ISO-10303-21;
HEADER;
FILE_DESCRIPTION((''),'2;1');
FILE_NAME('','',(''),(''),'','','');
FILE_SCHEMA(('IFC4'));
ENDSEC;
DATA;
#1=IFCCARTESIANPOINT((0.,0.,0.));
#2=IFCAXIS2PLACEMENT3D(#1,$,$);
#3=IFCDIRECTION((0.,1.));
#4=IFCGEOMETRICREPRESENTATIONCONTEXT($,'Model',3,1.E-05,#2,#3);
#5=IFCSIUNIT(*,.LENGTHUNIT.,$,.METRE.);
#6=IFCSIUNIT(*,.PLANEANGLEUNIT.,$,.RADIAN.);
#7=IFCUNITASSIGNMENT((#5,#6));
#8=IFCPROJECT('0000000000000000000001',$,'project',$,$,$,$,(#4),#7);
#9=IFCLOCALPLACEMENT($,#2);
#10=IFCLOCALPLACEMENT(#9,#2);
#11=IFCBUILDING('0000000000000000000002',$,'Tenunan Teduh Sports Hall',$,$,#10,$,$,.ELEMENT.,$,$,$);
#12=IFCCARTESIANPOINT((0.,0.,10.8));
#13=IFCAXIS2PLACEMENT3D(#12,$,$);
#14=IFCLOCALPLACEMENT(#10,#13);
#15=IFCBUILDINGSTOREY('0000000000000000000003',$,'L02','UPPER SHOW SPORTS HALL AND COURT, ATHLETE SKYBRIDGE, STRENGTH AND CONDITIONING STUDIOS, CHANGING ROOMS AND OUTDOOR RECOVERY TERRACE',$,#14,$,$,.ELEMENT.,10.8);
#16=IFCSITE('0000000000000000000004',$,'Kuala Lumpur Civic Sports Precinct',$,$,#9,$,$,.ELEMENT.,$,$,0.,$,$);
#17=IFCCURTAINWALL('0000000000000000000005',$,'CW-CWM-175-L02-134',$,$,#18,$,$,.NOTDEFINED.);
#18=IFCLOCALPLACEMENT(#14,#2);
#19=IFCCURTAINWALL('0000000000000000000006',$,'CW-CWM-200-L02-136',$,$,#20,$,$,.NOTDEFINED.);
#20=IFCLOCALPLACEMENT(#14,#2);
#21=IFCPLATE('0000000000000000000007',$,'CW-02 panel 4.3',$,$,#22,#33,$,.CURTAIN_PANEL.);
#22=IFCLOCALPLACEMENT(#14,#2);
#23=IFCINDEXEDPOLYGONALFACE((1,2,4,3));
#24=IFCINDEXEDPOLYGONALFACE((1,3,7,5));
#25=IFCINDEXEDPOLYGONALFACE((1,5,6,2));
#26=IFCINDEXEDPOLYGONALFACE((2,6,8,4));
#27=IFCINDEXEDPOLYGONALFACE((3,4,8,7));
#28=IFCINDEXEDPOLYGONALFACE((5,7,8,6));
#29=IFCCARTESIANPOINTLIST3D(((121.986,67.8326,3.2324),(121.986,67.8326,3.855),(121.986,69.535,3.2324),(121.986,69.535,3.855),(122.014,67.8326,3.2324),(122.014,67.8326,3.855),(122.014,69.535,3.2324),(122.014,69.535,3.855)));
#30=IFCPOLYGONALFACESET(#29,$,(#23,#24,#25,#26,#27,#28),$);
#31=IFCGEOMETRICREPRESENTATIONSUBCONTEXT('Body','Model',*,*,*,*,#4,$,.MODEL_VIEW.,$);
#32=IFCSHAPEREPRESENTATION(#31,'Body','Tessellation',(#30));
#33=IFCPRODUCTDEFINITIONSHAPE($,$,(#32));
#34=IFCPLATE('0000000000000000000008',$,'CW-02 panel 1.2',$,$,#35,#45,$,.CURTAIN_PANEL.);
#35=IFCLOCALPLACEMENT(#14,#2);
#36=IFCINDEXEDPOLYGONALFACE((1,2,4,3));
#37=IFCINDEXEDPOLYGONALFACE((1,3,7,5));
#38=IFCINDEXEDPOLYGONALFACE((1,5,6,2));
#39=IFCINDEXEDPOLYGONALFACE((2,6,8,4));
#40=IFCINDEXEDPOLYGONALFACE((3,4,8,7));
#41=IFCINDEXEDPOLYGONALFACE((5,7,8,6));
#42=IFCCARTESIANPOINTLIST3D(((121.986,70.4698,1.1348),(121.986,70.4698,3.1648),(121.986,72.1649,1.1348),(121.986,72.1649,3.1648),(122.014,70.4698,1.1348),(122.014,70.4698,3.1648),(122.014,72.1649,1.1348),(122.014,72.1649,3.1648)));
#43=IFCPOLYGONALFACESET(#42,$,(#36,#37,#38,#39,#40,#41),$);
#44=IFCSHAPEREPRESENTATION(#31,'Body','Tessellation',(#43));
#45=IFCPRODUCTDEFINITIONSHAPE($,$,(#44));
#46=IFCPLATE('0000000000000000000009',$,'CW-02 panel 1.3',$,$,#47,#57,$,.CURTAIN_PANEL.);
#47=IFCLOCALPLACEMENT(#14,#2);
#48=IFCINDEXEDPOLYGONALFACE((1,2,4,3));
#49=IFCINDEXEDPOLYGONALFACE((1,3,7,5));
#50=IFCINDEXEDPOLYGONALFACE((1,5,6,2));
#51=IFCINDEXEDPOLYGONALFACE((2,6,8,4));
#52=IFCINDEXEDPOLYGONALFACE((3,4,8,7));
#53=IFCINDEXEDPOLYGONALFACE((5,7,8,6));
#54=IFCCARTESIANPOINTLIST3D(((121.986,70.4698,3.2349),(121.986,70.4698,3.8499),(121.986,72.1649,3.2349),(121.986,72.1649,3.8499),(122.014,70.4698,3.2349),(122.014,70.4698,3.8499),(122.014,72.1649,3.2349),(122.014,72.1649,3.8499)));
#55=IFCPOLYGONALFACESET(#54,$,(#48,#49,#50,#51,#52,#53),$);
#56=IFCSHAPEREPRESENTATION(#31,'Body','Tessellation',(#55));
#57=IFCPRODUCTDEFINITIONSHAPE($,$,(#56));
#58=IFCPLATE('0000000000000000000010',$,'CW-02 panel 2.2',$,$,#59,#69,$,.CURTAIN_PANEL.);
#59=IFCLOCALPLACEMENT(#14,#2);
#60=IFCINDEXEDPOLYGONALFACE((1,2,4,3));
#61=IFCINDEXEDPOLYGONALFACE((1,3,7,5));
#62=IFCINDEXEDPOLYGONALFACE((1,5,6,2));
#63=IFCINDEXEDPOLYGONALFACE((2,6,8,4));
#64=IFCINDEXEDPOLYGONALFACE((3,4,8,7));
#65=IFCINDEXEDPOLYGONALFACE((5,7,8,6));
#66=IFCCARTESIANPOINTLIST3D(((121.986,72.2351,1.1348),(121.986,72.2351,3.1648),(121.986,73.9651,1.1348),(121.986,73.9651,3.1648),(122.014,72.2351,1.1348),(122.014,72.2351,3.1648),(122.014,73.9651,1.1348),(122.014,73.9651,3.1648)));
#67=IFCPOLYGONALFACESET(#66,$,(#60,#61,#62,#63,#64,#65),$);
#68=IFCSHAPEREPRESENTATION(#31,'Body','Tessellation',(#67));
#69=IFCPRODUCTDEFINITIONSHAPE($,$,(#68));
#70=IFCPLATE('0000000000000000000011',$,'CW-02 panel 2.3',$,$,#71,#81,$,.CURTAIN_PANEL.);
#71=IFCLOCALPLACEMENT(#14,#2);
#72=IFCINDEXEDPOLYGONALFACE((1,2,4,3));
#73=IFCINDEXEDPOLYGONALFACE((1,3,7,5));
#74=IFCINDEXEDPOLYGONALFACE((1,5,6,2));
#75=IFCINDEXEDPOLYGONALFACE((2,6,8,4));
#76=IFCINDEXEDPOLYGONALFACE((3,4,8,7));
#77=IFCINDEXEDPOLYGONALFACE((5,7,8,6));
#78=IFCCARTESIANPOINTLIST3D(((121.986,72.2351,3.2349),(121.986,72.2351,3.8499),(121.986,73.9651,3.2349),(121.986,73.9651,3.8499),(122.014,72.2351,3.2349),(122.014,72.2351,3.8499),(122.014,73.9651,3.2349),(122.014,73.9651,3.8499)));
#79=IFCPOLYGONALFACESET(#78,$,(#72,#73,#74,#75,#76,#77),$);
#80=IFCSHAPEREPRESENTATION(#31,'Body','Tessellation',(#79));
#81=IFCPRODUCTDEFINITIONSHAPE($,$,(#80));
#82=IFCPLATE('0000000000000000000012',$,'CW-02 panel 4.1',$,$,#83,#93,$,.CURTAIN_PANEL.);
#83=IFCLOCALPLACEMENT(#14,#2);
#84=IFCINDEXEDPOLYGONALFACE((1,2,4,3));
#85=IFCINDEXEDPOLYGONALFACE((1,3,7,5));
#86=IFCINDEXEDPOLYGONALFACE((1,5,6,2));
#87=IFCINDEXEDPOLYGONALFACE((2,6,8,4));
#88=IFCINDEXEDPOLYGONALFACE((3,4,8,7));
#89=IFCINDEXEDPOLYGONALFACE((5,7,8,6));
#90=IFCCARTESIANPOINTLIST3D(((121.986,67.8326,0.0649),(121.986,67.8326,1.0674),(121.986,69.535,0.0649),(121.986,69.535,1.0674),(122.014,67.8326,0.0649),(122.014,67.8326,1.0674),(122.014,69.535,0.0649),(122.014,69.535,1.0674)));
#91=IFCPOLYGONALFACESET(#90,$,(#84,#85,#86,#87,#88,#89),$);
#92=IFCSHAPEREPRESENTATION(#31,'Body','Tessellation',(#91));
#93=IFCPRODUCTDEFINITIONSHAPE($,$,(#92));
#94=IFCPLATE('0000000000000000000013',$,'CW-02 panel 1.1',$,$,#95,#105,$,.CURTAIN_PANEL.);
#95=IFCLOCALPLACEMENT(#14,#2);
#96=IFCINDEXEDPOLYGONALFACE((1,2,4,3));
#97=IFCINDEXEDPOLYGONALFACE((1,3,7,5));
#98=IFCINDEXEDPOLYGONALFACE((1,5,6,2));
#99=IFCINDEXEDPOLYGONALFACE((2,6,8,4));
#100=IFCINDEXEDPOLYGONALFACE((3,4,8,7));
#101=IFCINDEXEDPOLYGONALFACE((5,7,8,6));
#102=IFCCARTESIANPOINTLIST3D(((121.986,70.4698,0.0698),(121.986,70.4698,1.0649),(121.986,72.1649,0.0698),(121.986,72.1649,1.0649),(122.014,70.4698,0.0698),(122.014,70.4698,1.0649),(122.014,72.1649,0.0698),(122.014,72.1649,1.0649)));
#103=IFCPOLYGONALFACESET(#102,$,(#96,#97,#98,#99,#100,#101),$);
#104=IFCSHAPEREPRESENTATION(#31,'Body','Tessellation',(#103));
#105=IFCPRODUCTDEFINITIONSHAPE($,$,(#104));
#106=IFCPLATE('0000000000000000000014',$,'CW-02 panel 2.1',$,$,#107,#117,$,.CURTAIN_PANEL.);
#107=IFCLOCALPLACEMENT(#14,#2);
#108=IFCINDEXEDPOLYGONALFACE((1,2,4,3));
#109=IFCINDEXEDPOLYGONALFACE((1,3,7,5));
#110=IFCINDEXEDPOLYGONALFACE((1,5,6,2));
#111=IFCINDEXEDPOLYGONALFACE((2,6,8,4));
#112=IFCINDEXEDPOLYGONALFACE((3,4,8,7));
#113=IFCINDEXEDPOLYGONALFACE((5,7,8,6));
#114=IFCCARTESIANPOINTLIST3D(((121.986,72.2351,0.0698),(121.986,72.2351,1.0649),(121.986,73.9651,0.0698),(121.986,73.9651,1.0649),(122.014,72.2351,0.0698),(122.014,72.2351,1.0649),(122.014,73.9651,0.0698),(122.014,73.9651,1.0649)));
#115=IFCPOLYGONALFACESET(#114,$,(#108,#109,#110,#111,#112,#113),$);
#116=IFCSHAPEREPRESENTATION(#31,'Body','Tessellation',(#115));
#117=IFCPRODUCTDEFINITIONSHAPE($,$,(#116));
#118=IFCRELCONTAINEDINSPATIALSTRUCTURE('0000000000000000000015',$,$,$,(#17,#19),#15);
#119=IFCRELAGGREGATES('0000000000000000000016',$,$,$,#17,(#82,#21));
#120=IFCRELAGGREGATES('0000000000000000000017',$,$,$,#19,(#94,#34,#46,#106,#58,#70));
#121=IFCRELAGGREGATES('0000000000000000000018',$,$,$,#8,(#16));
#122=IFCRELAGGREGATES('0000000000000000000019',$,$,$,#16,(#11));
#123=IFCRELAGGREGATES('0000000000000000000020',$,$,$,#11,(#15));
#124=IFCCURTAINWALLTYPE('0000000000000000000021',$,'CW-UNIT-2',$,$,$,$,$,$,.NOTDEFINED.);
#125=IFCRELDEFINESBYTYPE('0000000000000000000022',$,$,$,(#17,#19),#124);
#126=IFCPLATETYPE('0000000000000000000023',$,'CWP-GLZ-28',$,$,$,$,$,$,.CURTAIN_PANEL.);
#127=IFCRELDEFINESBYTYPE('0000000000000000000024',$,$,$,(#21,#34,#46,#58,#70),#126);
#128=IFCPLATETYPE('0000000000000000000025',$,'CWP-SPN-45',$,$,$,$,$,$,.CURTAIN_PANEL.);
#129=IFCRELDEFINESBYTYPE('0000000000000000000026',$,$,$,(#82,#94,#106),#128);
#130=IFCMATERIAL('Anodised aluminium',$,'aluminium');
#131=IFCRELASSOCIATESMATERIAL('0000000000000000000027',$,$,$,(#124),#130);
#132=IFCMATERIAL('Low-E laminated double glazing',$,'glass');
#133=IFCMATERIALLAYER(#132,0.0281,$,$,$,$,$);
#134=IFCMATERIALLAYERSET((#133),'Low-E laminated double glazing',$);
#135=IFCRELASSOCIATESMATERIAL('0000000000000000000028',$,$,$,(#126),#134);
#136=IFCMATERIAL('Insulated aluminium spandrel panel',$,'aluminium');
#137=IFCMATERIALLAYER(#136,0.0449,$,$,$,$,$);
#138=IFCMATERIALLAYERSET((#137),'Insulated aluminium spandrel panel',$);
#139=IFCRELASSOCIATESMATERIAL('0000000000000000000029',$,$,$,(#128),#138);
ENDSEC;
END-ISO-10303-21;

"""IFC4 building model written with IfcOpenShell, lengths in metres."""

from ifc_helpers import new_model, si_unit, direction, frame, origin, origin_2d, place, context, subcontext, project, spatial, rectangle, extrude, material, layer, layer_set, type_object, element, aggregate, save


model = new_model("IFC4")

# Units and contexts
model_context = context("Model", 3, precision=1e-05, world=origin(), true_north=direction((0.0, 1.0)))
body_context = subcontext(model_context, "Body", "Model", "MODEL_VIEW")
ifc_project = project(units=[si_unit("LENGTHUNIT", "METRE"), si_unit("PLANEANGLEUNIT", "RADIAN")], contexts=[model_context])

# Site, building, storey
site_placement = place(None, origin())
site = spatial("IfcSite", under=ifc_project, at=site_placement, Name="Kuala Lumpur Civic Sports Precinct", CompositionType="ELEMENT", RefElevation=0.0)
building_placement = place(site_placement, origin())
building = spatial("IfcBuilding", under=site, at=building_placement, Name="Tenunan Teduh Sports Hall", CompositionType="ELEMENT")
storey_placement = place(building_placement, frame((0.0, 0.0, 10.8)))
storey = spatial("IfcBuildingStorey", under=building, at=storey_placement, Name="L02", Description="UPPER SHOW SPORTS HALL AND COURT, ATHLETE SKYBRIDGE, STRENGTH AND CONDITIONING STUDIOS, CHANGING ROOMS AND OUTDOOR RECOVERY TERRACE", CompositionType="ELEMENT", Elevation=10.8)

# Curtain wall
ifc_material_1 = material(Name="Anodised aluminium", Category="aluminium")
curtain_wall_type = type_object("IfcCurtainWallType", Name="CW-UNIT-2", PredefinedType="NOTDEFINED", material=ifc_material_1)
curtain_wall_1_placement = place(storey_placement, origin())
curtain_wall_1 = element("IfcCurtainWall", 1, at=curtain_wall_1_placement, inside=storey, type_object=curtain_wall_type, Name="CW-CWM-175-L02-134", PredefinedType="NOTDEFINED")

# Curtain wall
curtain_wall_2_placement = place(storey_placement, origin())
curtain_wall_2 = element("IfcCurtainWall", 2, at=curtain_wall_2_placement, inside=storey, type_object=curtain_wall_type, Name="CW-CWM-200-L02-136", PredefinedType="NOTDEFINED")

# Plates
ifc_material_2 = material(Name="Low-E laminated double glazing", Category="glass")
ifc_layer_1 = layer(ifc_material_2, 0.0281)
ifc_layer_set_1 = layer_set([ifc_layer_1], Name="Low-E laminated double glazing")
plate_type_1 = type_object("IfcPlateType", Name="CWP-GLZ-28", PredefinedType="CURTAIN_PANEL", material=ifc_layer_set_1)
plate_1_placement = place(storey_placement, frame((122.0, 68.6838, 3.2324), z_axis=(0.0, 0.0, 1.0), x_axis=(0.0, 1.0, 0.0)))
plate_1 = element("IfcPlate", 3, at=plate_1_placement, type_object=plate_type_1, Name="CW-02 panel 4.3", PredefinedType="CURTAIN_PANEL", context=body_context, shape_type="SweptSolid", body=[
    extrude(rectangle(XDim=1.7024, YDim=0.0281, at=origin_2d()), origin(), (0.0, 0.0, 1.0), 0.6226),
])
plate_2_placement = place(storey_placement, frame((122.0, 71.3174, 1.1348), z_axis=(0.0, 0.0, 1.0), x_axis=(0.0, 1.0, 0.0)))
plate_2 = element("IfcPlate", 4, at=plate_2_placement, type_object=plate_type_1, Name="CW-02 panel 1.2", PredefinedType="CURTAIN_PANEL", context=body_context, shape_type="SweptSolid", body=[
    extrude(rectangle(XDim=1.6951, YDim=0.0281, at=origin_2d()), origin(), (0.0, 0.0, 1.0), 2.03),
])
plate_3_placement = place(storey_placement, frame((122.0, 71.3174, 3.2349), z_axis=(0.0, 0.0, 1.0), x_axis=(0.0, 1.0, 0.0)))
plate_3 = element("IfcPlate", 5, at=plate_3_placement, type_object=plate_type_1, Name="CW-02 panel 1.3", PredefinedType="CURTAIN_PANEL", context=body_context, shape_type="SweptSolid", body=[
    extrude(rectangle(XDim=1.6951, YDim=0.0281, at=origin_2d()), origin(), (0.0, 0.0, 1.0), 0.615),
])
plate_4_placement = place(storey_placement, frame((122.0, 73.1001, 1.1348), z_axis=(0.0, 0.0, 1.0), x_axis=(0.0, 1.0, 0.0)))
plate_4 = element("IfcPlate", 6, at=plate_4_placement, type_object=plate_type_1, Name="CW-02 panel 2.2", PredefinedType="CURTAIN_PANEL", context=body_context, shape_type="SweptSolid", body=[
    extrude(rectangle(XDim=1.73, YDim=0.0281, at=origin_2d()), origin(), (0.0, 0.0, 1.0), 2.03),
])
plate_5_placement = place(storey_placement, frame((122.0, 73.1001, 3.2349), z_axis=(0.0, 0.0, 1.0), x_axis=(0.0, 1.0, 0.0)))
plate_5 = element("IfcPlate", 7, at=plate_5_placement, type_object=plate_type_1, Name="CW-02 panel 2.3", PredefinedType="CURTAIN_PANEL", context=body_context, shape_type="SweptSolid", body=[
    extrude(rectangle(XDim=1.73, YDim=0.0281, at=origin_2d()), origin(), (0.0, 0.0, 1.0), 0.615),
])
ifc_material_3 = material(Name="Insulated aluminium spandrel panel", Category="aluminium")
ifc_layer_2 = layer(ifc_material_3, 0.0449)
ifc_layer_set_2 = layer_set([ifc_layer_2], Name="Insulated aluminium spandrel panel")
plate_type_2 = type_object("IfcPlateType", Name="CWP-SPN-45", PredefinedType="CURTAIN_PANEL", material=ifc_layer_set_2)
plate_6_placement = place(storey_placement, frame((122.0, 68.6838, 0.0649), z_axis=(0.0, 0.0, 1.0), x_axis=(0.0, 1.0, 0.0)))
plate_6 = element("IfcPlate", 8, at=plate_6_placement, type_object=plate_type_2, Name="CW-02 panel 4.1", PredefinedType="CURTAIN_PANEL", context=body_context, shape_type="SweptSolid", body=[
    extrude(rectangle(XDim=1.7024, YDim=0.0281, at=origin_2d()), origin(), (0.0, 0.0, 1.0), 1.0024),
])
aggregate(curtain_wall_1, [plate_6, plate_1])
plate_7_placement = place(storey_placement, frame((122.0, 71.3174, 0.0698), z_axis=(0.0, 0.0, 1.0), x_axis=(0.0, 1.0, 0.0)))
plate_7 = element("IfcPlate", 9, at=plate_7_placement, type_object=plate_type_2, Name="CW-02 panel 1.1", PredefinedType="CURTAIN_PANEL", context=body_context, shape_type="SweptSolid", body=[
    extrude(rectangle(XDim=1.6951, YDim=0.0281, at=origin_2d()), origin(), (0.0, 0.0, 1.0), 0.9951),
])
plate_8_placement = place(storey_placement, frame((122.0, 73.1001, 0.0698), z_axis=(0.0, 0.0, 1.0), x_axis=(0.0, 1.0, 0.0)))
plate_8 = element("IfcPlate", 10, at=plate_8_placement, type_object=plate_type_2, Name="CW-02 panel 2.1", PredefinedType="CURTAIN_PANEL", context=body_context, shape_type="SweptSolid", body=[
    extrude(rectangle(XDim=1.73, YDim=0.0281, at=origin_2d()), origin(), (0.0, 0.0, 1.0), 0.9951),
])
aggregate(curtain_wall_2, [plate_7, plate_2, plate_3, plate_8, plate_4, plate_5])

save(model, "model.ifc")
